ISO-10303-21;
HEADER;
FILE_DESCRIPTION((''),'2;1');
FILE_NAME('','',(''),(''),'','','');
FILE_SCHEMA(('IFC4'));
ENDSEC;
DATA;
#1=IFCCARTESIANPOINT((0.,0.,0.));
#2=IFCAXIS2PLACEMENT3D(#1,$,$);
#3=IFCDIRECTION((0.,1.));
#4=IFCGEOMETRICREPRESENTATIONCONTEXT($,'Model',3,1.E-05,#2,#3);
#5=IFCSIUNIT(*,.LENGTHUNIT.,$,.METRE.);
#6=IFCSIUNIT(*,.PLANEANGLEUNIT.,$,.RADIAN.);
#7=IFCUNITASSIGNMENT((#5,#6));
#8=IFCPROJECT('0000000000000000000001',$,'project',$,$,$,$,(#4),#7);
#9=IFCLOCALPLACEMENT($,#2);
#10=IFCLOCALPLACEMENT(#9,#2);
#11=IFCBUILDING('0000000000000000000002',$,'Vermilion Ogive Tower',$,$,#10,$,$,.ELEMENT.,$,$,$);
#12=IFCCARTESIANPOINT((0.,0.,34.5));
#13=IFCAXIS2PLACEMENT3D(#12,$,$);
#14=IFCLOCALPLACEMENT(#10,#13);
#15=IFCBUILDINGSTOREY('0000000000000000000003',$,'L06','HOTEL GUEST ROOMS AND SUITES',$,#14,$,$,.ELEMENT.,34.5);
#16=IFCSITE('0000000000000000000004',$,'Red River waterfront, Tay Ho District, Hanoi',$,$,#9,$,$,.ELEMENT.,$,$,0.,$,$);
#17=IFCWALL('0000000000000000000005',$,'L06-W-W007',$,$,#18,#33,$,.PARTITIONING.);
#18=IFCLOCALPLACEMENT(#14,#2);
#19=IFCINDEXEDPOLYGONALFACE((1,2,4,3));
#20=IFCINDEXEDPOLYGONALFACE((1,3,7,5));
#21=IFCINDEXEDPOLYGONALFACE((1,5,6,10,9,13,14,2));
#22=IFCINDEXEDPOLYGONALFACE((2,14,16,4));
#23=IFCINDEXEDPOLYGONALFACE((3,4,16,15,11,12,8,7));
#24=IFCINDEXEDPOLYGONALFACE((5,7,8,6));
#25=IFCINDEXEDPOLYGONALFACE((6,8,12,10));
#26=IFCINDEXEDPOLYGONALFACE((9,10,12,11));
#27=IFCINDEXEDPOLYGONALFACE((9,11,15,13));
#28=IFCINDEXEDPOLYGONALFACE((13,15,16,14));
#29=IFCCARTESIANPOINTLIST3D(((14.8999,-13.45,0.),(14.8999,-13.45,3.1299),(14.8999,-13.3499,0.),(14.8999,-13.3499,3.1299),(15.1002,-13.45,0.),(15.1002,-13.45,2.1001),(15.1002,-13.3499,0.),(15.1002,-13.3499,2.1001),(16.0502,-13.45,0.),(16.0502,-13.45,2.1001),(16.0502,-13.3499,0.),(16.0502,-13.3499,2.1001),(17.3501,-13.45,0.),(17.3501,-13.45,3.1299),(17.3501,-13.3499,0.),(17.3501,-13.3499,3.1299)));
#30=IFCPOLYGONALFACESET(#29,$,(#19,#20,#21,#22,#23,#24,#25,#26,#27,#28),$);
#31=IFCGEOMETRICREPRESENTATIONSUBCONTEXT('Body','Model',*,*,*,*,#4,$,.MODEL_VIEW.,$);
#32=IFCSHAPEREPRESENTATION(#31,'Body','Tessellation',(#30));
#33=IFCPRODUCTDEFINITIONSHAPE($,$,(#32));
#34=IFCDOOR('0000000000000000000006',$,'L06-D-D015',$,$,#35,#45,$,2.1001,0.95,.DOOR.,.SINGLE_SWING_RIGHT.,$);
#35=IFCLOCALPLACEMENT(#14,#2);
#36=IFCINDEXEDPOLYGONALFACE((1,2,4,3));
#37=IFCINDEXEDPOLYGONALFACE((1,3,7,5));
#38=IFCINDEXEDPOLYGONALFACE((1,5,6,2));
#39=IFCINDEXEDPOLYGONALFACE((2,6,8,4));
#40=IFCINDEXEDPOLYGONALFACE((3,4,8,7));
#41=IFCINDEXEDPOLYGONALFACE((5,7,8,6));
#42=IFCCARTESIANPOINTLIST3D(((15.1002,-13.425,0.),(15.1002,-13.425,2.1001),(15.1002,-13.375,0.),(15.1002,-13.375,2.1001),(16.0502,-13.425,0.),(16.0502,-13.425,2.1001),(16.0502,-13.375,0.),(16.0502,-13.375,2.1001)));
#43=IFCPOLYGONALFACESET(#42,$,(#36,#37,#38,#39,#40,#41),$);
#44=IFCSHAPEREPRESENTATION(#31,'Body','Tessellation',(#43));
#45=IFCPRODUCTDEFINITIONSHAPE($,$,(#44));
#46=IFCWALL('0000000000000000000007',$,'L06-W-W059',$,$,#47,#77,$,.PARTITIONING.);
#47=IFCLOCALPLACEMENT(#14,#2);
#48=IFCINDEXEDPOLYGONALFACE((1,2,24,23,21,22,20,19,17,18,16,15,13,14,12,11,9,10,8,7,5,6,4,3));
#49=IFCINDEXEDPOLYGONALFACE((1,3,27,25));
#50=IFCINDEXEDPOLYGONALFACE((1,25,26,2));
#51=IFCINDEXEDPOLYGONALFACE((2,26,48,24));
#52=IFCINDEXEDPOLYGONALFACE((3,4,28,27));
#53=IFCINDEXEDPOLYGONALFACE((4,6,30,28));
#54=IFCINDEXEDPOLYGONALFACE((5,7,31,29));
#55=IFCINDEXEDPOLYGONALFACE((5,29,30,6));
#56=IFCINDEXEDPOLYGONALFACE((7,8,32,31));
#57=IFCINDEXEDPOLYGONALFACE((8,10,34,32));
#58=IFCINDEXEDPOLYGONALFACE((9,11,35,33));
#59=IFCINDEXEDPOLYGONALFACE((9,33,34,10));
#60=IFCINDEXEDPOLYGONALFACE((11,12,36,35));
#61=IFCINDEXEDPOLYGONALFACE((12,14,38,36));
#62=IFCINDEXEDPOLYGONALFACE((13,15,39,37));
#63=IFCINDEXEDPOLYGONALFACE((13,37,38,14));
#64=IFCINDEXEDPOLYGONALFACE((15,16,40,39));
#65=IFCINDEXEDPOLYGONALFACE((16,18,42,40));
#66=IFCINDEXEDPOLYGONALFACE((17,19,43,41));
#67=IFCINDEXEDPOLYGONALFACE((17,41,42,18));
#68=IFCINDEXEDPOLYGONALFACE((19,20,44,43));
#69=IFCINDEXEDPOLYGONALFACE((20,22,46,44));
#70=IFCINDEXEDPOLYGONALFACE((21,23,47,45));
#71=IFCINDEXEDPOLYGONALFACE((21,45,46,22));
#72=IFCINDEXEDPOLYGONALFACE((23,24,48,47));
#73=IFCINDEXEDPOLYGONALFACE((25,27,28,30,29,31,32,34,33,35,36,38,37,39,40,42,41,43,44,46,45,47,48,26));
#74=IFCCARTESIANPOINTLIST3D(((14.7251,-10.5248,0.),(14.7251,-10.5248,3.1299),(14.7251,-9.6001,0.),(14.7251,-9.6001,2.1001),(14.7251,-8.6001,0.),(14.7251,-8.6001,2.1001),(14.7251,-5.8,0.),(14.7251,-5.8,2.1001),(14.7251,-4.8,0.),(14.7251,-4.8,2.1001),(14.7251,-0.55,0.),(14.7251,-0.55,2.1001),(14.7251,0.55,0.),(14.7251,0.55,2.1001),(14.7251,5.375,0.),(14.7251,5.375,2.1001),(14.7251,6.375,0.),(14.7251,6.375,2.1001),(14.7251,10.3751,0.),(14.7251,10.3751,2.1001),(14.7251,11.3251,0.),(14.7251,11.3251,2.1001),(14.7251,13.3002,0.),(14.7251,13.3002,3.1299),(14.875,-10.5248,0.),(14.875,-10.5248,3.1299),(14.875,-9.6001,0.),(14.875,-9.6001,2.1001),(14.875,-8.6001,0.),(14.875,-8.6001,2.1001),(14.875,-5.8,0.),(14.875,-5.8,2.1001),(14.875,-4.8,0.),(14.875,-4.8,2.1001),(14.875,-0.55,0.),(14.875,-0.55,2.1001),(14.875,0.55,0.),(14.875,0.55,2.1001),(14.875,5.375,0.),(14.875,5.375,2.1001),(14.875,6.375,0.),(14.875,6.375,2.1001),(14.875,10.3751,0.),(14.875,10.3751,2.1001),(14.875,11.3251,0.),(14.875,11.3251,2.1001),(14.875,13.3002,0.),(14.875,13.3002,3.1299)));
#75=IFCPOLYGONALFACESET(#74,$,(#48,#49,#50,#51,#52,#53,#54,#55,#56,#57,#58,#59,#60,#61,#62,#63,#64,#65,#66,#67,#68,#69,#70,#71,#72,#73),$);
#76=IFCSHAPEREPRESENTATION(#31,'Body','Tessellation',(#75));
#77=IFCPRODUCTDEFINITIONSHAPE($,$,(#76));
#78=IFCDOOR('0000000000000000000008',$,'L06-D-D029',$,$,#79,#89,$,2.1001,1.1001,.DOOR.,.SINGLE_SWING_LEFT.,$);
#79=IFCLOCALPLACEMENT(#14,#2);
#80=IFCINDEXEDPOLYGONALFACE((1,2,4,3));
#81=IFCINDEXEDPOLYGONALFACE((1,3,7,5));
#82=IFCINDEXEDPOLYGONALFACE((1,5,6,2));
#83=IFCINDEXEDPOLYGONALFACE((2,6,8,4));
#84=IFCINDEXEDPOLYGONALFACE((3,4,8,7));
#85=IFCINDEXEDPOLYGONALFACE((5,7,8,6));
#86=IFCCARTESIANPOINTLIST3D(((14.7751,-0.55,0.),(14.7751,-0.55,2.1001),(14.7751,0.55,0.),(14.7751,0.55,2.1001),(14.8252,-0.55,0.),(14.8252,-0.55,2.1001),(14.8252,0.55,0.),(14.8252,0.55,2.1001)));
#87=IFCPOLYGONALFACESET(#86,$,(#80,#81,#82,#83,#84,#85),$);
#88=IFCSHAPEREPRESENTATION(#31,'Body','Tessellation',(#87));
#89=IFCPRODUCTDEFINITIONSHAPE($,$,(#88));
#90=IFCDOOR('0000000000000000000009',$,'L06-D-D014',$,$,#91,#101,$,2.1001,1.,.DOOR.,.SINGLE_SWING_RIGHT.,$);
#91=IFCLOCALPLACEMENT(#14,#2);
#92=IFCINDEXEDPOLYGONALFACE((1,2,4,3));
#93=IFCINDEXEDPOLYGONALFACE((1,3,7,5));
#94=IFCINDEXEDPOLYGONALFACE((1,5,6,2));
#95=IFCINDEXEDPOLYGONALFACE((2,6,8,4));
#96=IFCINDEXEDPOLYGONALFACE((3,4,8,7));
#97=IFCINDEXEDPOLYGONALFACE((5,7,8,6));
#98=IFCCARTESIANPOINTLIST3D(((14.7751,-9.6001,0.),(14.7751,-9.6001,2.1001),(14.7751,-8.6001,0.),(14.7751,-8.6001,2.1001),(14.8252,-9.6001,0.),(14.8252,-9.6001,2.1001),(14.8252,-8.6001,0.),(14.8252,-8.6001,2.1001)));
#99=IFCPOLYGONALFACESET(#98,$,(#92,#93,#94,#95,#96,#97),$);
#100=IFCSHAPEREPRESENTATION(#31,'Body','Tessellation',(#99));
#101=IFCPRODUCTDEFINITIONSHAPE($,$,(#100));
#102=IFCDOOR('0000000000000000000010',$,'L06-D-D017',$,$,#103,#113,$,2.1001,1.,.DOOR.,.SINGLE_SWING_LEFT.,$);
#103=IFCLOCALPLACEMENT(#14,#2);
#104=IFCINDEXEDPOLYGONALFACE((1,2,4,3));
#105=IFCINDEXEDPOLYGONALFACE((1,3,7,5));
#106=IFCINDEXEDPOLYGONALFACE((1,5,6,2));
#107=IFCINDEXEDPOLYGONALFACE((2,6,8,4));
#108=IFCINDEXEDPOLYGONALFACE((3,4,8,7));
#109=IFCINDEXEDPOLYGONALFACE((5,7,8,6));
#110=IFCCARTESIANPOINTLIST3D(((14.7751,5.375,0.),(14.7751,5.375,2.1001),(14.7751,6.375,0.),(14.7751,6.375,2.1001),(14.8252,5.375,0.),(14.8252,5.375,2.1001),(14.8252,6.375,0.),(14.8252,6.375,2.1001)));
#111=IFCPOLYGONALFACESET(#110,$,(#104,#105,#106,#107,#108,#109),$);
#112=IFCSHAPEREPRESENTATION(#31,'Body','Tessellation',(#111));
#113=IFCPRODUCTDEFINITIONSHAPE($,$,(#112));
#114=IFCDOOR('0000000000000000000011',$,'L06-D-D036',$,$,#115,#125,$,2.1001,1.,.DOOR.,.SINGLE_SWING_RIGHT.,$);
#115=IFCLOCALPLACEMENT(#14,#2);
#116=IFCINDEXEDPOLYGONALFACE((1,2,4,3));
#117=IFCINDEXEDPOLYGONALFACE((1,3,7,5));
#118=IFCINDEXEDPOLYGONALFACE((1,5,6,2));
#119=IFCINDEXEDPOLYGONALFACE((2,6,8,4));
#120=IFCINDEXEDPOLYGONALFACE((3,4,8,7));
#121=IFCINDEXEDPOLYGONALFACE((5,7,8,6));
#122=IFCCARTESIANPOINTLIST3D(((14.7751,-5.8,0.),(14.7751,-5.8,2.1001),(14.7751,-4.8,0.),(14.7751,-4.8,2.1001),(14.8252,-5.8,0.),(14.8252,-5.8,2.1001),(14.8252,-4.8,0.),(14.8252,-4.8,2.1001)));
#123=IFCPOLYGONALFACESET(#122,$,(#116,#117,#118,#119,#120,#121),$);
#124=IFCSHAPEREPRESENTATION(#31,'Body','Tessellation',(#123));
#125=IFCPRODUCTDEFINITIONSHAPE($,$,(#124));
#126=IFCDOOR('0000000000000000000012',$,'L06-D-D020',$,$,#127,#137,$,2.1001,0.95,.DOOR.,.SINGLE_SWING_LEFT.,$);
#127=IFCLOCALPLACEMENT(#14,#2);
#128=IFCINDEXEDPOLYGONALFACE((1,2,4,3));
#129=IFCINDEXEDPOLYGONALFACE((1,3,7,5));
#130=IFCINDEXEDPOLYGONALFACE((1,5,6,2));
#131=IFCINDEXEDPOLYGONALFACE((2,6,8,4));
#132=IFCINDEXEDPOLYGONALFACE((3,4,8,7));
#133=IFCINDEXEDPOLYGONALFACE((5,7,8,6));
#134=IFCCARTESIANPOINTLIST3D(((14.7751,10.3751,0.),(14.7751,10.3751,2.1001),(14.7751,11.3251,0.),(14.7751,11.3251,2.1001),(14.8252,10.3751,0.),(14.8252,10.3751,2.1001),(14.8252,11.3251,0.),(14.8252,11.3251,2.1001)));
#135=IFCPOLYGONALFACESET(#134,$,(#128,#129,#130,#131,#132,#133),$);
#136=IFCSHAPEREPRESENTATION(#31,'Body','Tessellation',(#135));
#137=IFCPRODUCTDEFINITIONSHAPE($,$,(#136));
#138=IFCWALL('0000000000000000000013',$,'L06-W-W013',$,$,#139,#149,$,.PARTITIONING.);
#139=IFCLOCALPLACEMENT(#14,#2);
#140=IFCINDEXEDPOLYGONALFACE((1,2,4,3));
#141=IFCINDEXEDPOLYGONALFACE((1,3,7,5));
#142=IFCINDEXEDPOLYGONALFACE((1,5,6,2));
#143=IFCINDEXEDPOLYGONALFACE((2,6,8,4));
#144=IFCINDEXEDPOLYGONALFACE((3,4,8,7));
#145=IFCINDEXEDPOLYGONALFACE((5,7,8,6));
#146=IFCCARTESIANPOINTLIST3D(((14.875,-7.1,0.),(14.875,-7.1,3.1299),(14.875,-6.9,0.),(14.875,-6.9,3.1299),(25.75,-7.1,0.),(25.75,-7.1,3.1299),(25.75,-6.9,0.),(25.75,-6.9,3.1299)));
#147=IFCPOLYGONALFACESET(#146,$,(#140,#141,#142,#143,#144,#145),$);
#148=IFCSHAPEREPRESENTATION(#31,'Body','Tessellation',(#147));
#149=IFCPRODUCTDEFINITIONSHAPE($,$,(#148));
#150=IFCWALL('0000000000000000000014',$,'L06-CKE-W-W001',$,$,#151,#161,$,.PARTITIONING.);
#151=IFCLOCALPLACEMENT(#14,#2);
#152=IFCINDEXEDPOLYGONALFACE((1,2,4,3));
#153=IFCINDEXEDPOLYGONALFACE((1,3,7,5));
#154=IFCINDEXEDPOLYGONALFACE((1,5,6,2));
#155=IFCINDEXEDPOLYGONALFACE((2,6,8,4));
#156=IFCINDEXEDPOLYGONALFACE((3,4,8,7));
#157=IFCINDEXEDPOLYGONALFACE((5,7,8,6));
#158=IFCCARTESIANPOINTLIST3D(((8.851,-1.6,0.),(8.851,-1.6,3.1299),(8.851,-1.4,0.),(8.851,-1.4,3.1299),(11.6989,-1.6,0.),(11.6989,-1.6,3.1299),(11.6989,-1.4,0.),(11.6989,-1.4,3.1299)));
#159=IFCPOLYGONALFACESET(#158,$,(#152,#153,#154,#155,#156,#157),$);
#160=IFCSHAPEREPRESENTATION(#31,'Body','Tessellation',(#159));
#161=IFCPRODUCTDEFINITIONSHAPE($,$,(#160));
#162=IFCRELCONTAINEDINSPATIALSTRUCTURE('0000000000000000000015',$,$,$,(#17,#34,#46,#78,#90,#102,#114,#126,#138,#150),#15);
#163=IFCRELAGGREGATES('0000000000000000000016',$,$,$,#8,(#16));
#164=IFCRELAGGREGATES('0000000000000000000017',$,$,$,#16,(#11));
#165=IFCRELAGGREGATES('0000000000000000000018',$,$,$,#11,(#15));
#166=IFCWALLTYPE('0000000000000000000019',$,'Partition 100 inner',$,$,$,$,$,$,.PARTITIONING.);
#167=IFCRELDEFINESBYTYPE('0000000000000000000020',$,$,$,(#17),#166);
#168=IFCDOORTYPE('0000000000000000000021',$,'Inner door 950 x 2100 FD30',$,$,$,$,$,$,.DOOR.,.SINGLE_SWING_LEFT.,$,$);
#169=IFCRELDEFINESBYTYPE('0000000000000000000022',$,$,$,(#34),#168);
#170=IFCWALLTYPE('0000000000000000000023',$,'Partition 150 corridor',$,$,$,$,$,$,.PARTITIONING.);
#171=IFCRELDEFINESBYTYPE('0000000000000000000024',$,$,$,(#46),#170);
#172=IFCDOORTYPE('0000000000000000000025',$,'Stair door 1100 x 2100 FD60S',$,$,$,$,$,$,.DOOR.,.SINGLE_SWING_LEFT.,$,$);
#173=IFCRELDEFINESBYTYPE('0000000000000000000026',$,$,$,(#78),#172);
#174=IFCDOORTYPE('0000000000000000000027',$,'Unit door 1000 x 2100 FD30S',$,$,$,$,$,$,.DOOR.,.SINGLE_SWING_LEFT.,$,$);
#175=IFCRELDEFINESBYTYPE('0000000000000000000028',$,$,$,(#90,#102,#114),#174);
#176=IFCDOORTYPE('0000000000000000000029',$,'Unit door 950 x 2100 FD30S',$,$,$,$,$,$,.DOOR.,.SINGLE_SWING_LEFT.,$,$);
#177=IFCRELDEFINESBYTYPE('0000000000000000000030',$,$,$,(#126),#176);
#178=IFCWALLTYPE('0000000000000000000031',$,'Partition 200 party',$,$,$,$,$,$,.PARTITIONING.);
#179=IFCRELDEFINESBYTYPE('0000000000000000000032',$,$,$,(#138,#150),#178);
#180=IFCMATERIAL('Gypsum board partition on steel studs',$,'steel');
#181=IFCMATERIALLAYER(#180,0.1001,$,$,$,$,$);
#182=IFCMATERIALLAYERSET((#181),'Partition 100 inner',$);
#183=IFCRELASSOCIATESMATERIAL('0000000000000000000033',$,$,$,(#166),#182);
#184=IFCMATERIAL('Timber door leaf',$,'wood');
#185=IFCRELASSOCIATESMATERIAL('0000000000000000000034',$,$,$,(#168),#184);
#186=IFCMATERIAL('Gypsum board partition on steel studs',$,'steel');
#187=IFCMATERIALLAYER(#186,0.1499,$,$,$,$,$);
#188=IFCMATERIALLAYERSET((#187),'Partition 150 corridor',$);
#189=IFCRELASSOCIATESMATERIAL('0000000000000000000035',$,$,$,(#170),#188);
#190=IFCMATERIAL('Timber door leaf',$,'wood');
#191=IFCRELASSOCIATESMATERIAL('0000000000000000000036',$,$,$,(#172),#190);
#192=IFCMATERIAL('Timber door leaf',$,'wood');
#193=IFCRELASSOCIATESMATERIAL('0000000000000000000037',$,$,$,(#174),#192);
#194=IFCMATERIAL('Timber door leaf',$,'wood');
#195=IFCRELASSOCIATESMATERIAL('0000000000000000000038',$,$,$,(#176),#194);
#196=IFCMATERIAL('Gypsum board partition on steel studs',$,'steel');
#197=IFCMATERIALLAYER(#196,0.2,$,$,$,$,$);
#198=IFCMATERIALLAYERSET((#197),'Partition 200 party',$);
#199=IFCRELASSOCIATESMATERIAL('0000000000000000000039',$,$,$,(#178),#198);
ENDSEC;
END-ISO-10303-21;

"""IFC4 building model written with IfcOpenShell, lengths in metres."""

from ifc_helpers import new_model, si_unit, direction, frame, frame_2d, origin, place, context, subcontext, project, spatial, rectangle, extrude, material, layer, layer_set, type_object, element, fill, save


model = new_model("IFC4")

# Units and contexts
model_context = context("Model", 3, precision=1e-05, world=origin(), true_north=direction((0.0, 1.0)))
body_context = subcontext(model_context, "Body", "Model", "MODEL_VIEW")
ifc_project = project(units=[si_unit("LENGTHUNIT", "METRE"), si_unit("PLANEANGLEUNIT", "RADIAN")], contexts=[model_context])

# Site, building, storey
site_placement = place(None, origin())
site = spatial("IfcSite", under=ifc_project, at=site_placement, Name="Red River waterfront, Tay Ho District, Hanoi", CompositionType="ELEMENT", RefElevation=0.0)
building_placement = place(site_placement, origin())
building = spatial("IfcBuilding", under=site, at=building_placement, Name="Vermilion Ogive Tower", CompositionType="ELEMENT")
storey_placement = place(building_placement, frame((0.0, 0.0, 34.5)))
storey = spatial("IfcBuildingStorey", under=building, at=storey_placement, Name="L06", Description="HOTEL GUEST ROOMS AND SUITES", CompositionType="ELEMENT", Elevation=34.5)

# Wall, opening, door
ifc_material_1 = material(Name="Gypsum board partition on steel studs", Category="steel")
ifc_layer_1 = layer(ifc_material_1, 0.1001)
ifc_layer_set_1 = layer_set([ifc_layer_1], Name="Partition 100 inner")
wall_type_1 = type_object("IfcWallType", Name="Partition 100 inner", PredefinedType="PARTITIONING", material=ifc_layer_set_1)
wall_1_placement = place(storey_placement, frame((14.8999, -13.3999, 0.0), z_axis=(0.0, 0.0, 1.0), x_axis=(1.0, 0.0, 0.0)))
wall_1 = element("IfcWall", 1, at=wall_1_placement, inside=storey, type_object=wall_type_1, Name="L06-W-W007", PredefinedType="PARTITIONING", context=body_context, shape_type="SweptSolid", body=[
    extrude(rectangle(XDim=2.4502, YDim=0.1001, at=frame_2d((1.2251, 0.0))), origin(), (0.0, 0.0, 1.0), 3.1299),
])
opening_1_placement = place(wall_1_placement, frame((0.2002, 0.0, 0.0)))
opening_1 = element("IfcOpeningElement", 2, at=opening_1_placement, cuts=wall_1, PredefinedType="OPENING", context=body_context, shape_type="SweptSolid", body=[
    extrude(rectangle(XDim=0.95, YDim=2.1001, at=frame_2d((0.4751, 1.05))), frame((0.0, 0.0601, 0.0), z_axis=(0.0, -1.0, 0.0), x_axis=(1.0, 0.0, 0.0)), (0.0, 0.0, 1.0), 0.1201),
])
ifc_material_2 = material(Name="Timber door leaf", Category="wood")
door_type_1 = type_object("IfcDoorType", Name="Inner door 950 x 2100 FD30", OperationType="SINGLE_SWING_LEFT", PredefinedType="DOOR", material=ifc_material_2)
door_1_placement = place(opening_1_placement, origin())
door_1 = element("IfcDoor", 3, at=door_1_placement, inside=storey, type_object=door_type_1, Name="L06-D-D015", OperationType="SINGLE_SWING_RIGHT", OverallHeight=2.1001, OverallWidth=0.95, PredefinedType="DOOR", context=body_context, shape_type="SweptSolid", body=[
    extrude(rectangle(XDim=0.95, YDim=2.1001, at=frame_2d((0.4751, 1.05))), frame((0.0, 0.0249, 0.0), z_axis=(0.0, -1.0, 0.0), x_axis=(1.0, 0.0, 0.0)), (0.0, 0.0, 1.0), 0.05),
])
fill(opening_1, door_1)

# Wall, openings, doors
ifc_material_3 = material(Name="Gypsum board partition on steel studs", Category="steel")
ifc_layer_2 = layer(ifc_material_3, 0.1499)
ifc_layer_set_2 = layer_set([ifc_layer_2], Name="Partition 150 corridor")
wall_type_2 = type_object("IfcWallType", Name="Partition 150 corridor", PredefinedType="PARTITIONING", material=ifc_layer_set_2)
wall_2_placement = place(storey_placement, frame((14.8, -10.5249, 0.0), z_axis=(0.0, 0.0, 1.0), x_axis=(0.0, 1.0, 0.0)))
wall_2 = element("IfcWall", 4, at=wall_2_placement, inside=storey, type_object=wall_type_2, Name="L06-W-W059", PredefinedType="PARTITIONING", context=body_context, shape_type="SweptSolid", body=[
    extrude(rectangle(XDim=23.825, YDim=0.1499, at=frame_2d((11.9126, 0.0))), origin(), (0.0, 0.0, 1.0), 3.1299),
])
opening_2_placement = place(wall_2_placement, frame((0.9248, 0.0, 0.0)))
opening_2 = element("IfcOpeningElement", 5, at=opening_2_placement, cuts=wall_2, PredefinedType="OPENING", context=body_context, shape_type="SweptSolid", body=[
    extrude(rectangle(XDim=1.0, YDim=2.1001, at=frame_2d((0.5, 1.05))), frame((0.0, 0.085, 0.0), z_axis=(0.0, -1.0, 0.0), x_axis=(1.0, 0.0, 0.0)), (0.0, 0.0, 1.0), 0.1699),
])
opening_3_placement = place(wall_2_placement, frame((15.8999, 0.0, 0.0)))
opening_3 = element("IfcOpeningElement", 6, at=opening_3_placement, cuts=wall_2, PredefinedType="OPENING", context=body_context, shape_type="SweptSolid", body=[
    extrude(rectangle(XDim=1.0, YDim=2.1001, at=frame_2d((0.5, 1.05))), frame((0.0, 0.085, 0.0), z_axis=(0.0, -1.0, 0.0), x_axis=(1.0, 0.0, 0.0)), (0.0, 0.0, 1.0), 0.1699),
])
opening_4_placement = place(wall_2_placement, frame((20.8999, 0.0, 0.0)))
opening_4 = element("IfcOpeningElement", 7, at=opening_4_placement, cuts=wall_2, PredefinedType="OPENING", context=body_context, shape_type="SweptSolid", body=[
    extrude(rectangle(XDim=0.95, YDim=2.1001, at=frame_2d((0.4751, 1.05))), frame((0.0, 0.085, 0.0), z_axis=(0.0, -1.0, 0.0), x_axis=(1.0, 0.0, 0.0)), (0.0, 0.0, 1.0), 0.1699),
])
opening_5_placement = place(wall_2_placement, frame((9.9749, 0.0, 0.0)))
opening_5 = element("IfcOpeningElement", 8, at=opening_5_placement, cuts=wall_2, PredefinedType="OPENING", context=body_context, shape_type="SweptSolid", body=[
    extrude(rectangle(XDim=1.1001, YDim=2.1001, at=frame_2d((0.55, 1.05))), frame((0.0, 0.085, 0.0), z_axis=(0.0, -1.0, 0.0), x_axis=(1.0, 0.0, 0.0)), (0.0, 0.0, 1.0), 0.1699),
])
opening_6_placement = place(wall_2_placement, frame((4.7249, 0.0, 0.0)))
opening_6 = element("IfcOpeningElement", 9, at=opening_6_placement, cuts=wall_2, PredefinedType="OPENING", context=body_context, shape_type="SweptSolid", body=[
    extrude(rectangle(XDim=1.0, YDim=2.1001, at=frame_2d((0.5, 1.05))), frame((0.0, 0.085, 0.0), z_axis=(0.0, -1.0, 0.0), x_axis=(1.0, 0.0, 0.0)), (0.0, 0.0, 1.0), 0.1699),
])
ifc_material_4 = material(Name="Timber door leaf", Category="wood")
door_type_2 = type_object("IfcDoorType", Name="Stair door 1100 x 2100 FD60S", OperationType="SINGLE_SWING_LEFT", PredefinedType="DOOR", material=ifc_material_4)
door_2_placement = place(opening_5_placement, origin())
door_2 = element("IfcDoor", 10, at=door_2_placement, inside=storey, type_object=door_type_2, Name="L06-D-D029", OperationType="SINGLE_SWING_LEFT", OverallHeight=2.1001, OverallWidth=1.1001, PredefinedType="DOOR", context=body_context, shape_type="SweptSolid", body=[
    extrude(rectangle(XDim=1.1001, YDim=2.1001, at=frame_2d((0.55, 1.05))), frame((0.0, 0.0249, 0.0), z_axis=(0.0, -1.0, 0.0), x_axis=(1.0, 0.0, 0.0)), (0.0, 0.0, 1.0), 0.05),
])
fill(opening_5, door_2)
ifc_material_5 = material(Name="Timber door leaf", Category="wood")
door_type_3 = type_object("IfcDoorType", Name="Unit door 1000 x 2100 FD30S", OperationType="SINGLE_SWING_LEFT", PredefinedType="DOOR", material=ifc_material_5)
door_3_placement = place(opening_2_placement, origin())
door_3 = element("IfcDoor", 11, at=door_3_placement, inside=storey, type_object=door_type_3, Name="L06-D-D014", OperationType="SINGLE_SWING_RIGHT", OverallHeight=2.1001, OverallWidth=1.0, PredefinedType="DOOR", context=body_context, shape_type="SweptSolid", body=[
    extrude(rectangle(XDim=1.0, YDim=2.1001, at=frame_2d((0.5, 1.05))), frame((0.0, 0.0249, 0.0), z_axis=(0.0, -1.0, 0.0), x_axis=(1.0, 0.0, 0.0)), (0.0, 0.0, 1.0), 0.05),
])
fill(opening_2, door_3)
door_4_placement = place(opening_3_placement, origin())
door_4 = element("IfcDoor", 12, at=door_4_placement, inside=storey, type_object=door_type_3, Name="L06-D-D017", OperationType="SINGLE_SWING_LEFT", OverallHeight=2.1001, OverallWidth=1.0, PredefinedType="DOOR", context=body_context, shape_type="SweptSolid", body=[
    extrude(rectangle(XDim=1.0, YDim=2.1001, at=frame_2d((0.5, 1.05))), frame((0.0, 0.0249, 0.0), z_axis=(0.0, -1.0, 0.0), x_axis=(1.0, 0.0, 0.0)), (0.0, 0.0, 1.0), 0.05),
])
fill(opening_3, door_4)
door_5_placement = place(opening_6_placement, origin())
door_5 = element("IfcDoor", 13, at=door_5_placement, inside=storey, type_object=door_type_3, Name="L06-D-D036", OperationType="SINGLE_SWING_RIGHT", OverallHeight=2.1001, OverallWidth=1.0, PredefinedType="DOOR", context=body_context, shape_type="SweptSolid", body=[
    extrude(rectangle(XDim=1.0, YDim=2.1001, at=frame_2d((0.5, 1.05))), frame((0.0, 0.0249, 0.0), z_axis=(0.0, -1.0, 0.0), x_axis=(1.0, 0.0, 0.0)), (0.0, 0.0, 1.0), 0.05),
])
fill(opening_6, door_5)
ifc_material_6 = material(Name="Timber door leaf", Category="wood")
door_type_4 = type_object("IfcDoorType", Name="Unit door 950 x 2100 FD30S", OperationType="SINGLE_SWING_LEFT", PredefinedType="DOOR", material=ifc_material_6)
door_6_placement = place(opening_4_placement, origin())
door_6 = element("IfcDoor", 14, at=door_6_placement, inside=storey, type_object=door_type_4, Name="L06-D-D020", OperationType="SINGLE_SWING_LEFT", OverallHeight=2.1001, OverallWidth=0.95, PredefinedType="DOOR", context=body_context, shape_type="SweptSolid", body=[
    extrude(rectangle(XDim=0.95, YDim=2.1001, at=frame_2d((0.4751, 1.05))), frame((0.0, 0.0249, 0.0), z_axis=(0.0, -1.0, 0.0), x_axis=(1.0, 0.0, 0.0)), (0.0, 0.0, 1.0), 0.05),
])
fill(opening_4, door_6)

# Walls
ifc_material_7 = material(Name="Gypsum board partition on steel studs", Category="steel")
ifc_layer_3 = layer(ifc_material_7, 0.2)
ifc_layer_set_3 = layer_set([ifc_layer_3], Name="Partition 200 party")
wall_type_3 = type_object("IfcWallType", Name="Partition 200 party", PredefinedType="PARTITIONING", material=ifc_layer_set_3)
wall_3_placement = place(storey_placement, frame((14.875, -7.0, 0.0), z_axis=(0.0, 0.0, 1.0), x_axis=(1.0, 0.0, 0.0)))
element("IfcWall", 15, at=wall_3_placement, inside=storey, type_object=wall_type_3, Name="L06-W-W013", PredefinedType="PARTITIONING", context=body_context, shape_type="SweptSolid", body=[
    extrude(rectangle(XDim=10.875, YDim=0.2, at=frame_2d((5.4375, 0.0))), origin(), (0.0, 0.0, 1.0), 3.1299),
])
wall_4_placement = place(storey_placement, frame((8.8511, -1.5, 0.0), z_axis=(0.0, 0.0, 1.0), x_axis=(1.0, 0.0, 0.0)))
element("IfcWall", 16, at=wall_4_placement, inside=storey, type_object=wall_type_3, Name="L06-CKE-W-W001", PredefinedType="PARTITIONING", context=body_context, shape_type="SweptSolid", body=[
    extrude(rectangle(XDim=2.8479, YDim=0.2, at=frame_2d((1.4238, 0.0))), origin(), (0.0, 0.0, 1.0), 3.1299),
])

save(model, "model.ifc")
